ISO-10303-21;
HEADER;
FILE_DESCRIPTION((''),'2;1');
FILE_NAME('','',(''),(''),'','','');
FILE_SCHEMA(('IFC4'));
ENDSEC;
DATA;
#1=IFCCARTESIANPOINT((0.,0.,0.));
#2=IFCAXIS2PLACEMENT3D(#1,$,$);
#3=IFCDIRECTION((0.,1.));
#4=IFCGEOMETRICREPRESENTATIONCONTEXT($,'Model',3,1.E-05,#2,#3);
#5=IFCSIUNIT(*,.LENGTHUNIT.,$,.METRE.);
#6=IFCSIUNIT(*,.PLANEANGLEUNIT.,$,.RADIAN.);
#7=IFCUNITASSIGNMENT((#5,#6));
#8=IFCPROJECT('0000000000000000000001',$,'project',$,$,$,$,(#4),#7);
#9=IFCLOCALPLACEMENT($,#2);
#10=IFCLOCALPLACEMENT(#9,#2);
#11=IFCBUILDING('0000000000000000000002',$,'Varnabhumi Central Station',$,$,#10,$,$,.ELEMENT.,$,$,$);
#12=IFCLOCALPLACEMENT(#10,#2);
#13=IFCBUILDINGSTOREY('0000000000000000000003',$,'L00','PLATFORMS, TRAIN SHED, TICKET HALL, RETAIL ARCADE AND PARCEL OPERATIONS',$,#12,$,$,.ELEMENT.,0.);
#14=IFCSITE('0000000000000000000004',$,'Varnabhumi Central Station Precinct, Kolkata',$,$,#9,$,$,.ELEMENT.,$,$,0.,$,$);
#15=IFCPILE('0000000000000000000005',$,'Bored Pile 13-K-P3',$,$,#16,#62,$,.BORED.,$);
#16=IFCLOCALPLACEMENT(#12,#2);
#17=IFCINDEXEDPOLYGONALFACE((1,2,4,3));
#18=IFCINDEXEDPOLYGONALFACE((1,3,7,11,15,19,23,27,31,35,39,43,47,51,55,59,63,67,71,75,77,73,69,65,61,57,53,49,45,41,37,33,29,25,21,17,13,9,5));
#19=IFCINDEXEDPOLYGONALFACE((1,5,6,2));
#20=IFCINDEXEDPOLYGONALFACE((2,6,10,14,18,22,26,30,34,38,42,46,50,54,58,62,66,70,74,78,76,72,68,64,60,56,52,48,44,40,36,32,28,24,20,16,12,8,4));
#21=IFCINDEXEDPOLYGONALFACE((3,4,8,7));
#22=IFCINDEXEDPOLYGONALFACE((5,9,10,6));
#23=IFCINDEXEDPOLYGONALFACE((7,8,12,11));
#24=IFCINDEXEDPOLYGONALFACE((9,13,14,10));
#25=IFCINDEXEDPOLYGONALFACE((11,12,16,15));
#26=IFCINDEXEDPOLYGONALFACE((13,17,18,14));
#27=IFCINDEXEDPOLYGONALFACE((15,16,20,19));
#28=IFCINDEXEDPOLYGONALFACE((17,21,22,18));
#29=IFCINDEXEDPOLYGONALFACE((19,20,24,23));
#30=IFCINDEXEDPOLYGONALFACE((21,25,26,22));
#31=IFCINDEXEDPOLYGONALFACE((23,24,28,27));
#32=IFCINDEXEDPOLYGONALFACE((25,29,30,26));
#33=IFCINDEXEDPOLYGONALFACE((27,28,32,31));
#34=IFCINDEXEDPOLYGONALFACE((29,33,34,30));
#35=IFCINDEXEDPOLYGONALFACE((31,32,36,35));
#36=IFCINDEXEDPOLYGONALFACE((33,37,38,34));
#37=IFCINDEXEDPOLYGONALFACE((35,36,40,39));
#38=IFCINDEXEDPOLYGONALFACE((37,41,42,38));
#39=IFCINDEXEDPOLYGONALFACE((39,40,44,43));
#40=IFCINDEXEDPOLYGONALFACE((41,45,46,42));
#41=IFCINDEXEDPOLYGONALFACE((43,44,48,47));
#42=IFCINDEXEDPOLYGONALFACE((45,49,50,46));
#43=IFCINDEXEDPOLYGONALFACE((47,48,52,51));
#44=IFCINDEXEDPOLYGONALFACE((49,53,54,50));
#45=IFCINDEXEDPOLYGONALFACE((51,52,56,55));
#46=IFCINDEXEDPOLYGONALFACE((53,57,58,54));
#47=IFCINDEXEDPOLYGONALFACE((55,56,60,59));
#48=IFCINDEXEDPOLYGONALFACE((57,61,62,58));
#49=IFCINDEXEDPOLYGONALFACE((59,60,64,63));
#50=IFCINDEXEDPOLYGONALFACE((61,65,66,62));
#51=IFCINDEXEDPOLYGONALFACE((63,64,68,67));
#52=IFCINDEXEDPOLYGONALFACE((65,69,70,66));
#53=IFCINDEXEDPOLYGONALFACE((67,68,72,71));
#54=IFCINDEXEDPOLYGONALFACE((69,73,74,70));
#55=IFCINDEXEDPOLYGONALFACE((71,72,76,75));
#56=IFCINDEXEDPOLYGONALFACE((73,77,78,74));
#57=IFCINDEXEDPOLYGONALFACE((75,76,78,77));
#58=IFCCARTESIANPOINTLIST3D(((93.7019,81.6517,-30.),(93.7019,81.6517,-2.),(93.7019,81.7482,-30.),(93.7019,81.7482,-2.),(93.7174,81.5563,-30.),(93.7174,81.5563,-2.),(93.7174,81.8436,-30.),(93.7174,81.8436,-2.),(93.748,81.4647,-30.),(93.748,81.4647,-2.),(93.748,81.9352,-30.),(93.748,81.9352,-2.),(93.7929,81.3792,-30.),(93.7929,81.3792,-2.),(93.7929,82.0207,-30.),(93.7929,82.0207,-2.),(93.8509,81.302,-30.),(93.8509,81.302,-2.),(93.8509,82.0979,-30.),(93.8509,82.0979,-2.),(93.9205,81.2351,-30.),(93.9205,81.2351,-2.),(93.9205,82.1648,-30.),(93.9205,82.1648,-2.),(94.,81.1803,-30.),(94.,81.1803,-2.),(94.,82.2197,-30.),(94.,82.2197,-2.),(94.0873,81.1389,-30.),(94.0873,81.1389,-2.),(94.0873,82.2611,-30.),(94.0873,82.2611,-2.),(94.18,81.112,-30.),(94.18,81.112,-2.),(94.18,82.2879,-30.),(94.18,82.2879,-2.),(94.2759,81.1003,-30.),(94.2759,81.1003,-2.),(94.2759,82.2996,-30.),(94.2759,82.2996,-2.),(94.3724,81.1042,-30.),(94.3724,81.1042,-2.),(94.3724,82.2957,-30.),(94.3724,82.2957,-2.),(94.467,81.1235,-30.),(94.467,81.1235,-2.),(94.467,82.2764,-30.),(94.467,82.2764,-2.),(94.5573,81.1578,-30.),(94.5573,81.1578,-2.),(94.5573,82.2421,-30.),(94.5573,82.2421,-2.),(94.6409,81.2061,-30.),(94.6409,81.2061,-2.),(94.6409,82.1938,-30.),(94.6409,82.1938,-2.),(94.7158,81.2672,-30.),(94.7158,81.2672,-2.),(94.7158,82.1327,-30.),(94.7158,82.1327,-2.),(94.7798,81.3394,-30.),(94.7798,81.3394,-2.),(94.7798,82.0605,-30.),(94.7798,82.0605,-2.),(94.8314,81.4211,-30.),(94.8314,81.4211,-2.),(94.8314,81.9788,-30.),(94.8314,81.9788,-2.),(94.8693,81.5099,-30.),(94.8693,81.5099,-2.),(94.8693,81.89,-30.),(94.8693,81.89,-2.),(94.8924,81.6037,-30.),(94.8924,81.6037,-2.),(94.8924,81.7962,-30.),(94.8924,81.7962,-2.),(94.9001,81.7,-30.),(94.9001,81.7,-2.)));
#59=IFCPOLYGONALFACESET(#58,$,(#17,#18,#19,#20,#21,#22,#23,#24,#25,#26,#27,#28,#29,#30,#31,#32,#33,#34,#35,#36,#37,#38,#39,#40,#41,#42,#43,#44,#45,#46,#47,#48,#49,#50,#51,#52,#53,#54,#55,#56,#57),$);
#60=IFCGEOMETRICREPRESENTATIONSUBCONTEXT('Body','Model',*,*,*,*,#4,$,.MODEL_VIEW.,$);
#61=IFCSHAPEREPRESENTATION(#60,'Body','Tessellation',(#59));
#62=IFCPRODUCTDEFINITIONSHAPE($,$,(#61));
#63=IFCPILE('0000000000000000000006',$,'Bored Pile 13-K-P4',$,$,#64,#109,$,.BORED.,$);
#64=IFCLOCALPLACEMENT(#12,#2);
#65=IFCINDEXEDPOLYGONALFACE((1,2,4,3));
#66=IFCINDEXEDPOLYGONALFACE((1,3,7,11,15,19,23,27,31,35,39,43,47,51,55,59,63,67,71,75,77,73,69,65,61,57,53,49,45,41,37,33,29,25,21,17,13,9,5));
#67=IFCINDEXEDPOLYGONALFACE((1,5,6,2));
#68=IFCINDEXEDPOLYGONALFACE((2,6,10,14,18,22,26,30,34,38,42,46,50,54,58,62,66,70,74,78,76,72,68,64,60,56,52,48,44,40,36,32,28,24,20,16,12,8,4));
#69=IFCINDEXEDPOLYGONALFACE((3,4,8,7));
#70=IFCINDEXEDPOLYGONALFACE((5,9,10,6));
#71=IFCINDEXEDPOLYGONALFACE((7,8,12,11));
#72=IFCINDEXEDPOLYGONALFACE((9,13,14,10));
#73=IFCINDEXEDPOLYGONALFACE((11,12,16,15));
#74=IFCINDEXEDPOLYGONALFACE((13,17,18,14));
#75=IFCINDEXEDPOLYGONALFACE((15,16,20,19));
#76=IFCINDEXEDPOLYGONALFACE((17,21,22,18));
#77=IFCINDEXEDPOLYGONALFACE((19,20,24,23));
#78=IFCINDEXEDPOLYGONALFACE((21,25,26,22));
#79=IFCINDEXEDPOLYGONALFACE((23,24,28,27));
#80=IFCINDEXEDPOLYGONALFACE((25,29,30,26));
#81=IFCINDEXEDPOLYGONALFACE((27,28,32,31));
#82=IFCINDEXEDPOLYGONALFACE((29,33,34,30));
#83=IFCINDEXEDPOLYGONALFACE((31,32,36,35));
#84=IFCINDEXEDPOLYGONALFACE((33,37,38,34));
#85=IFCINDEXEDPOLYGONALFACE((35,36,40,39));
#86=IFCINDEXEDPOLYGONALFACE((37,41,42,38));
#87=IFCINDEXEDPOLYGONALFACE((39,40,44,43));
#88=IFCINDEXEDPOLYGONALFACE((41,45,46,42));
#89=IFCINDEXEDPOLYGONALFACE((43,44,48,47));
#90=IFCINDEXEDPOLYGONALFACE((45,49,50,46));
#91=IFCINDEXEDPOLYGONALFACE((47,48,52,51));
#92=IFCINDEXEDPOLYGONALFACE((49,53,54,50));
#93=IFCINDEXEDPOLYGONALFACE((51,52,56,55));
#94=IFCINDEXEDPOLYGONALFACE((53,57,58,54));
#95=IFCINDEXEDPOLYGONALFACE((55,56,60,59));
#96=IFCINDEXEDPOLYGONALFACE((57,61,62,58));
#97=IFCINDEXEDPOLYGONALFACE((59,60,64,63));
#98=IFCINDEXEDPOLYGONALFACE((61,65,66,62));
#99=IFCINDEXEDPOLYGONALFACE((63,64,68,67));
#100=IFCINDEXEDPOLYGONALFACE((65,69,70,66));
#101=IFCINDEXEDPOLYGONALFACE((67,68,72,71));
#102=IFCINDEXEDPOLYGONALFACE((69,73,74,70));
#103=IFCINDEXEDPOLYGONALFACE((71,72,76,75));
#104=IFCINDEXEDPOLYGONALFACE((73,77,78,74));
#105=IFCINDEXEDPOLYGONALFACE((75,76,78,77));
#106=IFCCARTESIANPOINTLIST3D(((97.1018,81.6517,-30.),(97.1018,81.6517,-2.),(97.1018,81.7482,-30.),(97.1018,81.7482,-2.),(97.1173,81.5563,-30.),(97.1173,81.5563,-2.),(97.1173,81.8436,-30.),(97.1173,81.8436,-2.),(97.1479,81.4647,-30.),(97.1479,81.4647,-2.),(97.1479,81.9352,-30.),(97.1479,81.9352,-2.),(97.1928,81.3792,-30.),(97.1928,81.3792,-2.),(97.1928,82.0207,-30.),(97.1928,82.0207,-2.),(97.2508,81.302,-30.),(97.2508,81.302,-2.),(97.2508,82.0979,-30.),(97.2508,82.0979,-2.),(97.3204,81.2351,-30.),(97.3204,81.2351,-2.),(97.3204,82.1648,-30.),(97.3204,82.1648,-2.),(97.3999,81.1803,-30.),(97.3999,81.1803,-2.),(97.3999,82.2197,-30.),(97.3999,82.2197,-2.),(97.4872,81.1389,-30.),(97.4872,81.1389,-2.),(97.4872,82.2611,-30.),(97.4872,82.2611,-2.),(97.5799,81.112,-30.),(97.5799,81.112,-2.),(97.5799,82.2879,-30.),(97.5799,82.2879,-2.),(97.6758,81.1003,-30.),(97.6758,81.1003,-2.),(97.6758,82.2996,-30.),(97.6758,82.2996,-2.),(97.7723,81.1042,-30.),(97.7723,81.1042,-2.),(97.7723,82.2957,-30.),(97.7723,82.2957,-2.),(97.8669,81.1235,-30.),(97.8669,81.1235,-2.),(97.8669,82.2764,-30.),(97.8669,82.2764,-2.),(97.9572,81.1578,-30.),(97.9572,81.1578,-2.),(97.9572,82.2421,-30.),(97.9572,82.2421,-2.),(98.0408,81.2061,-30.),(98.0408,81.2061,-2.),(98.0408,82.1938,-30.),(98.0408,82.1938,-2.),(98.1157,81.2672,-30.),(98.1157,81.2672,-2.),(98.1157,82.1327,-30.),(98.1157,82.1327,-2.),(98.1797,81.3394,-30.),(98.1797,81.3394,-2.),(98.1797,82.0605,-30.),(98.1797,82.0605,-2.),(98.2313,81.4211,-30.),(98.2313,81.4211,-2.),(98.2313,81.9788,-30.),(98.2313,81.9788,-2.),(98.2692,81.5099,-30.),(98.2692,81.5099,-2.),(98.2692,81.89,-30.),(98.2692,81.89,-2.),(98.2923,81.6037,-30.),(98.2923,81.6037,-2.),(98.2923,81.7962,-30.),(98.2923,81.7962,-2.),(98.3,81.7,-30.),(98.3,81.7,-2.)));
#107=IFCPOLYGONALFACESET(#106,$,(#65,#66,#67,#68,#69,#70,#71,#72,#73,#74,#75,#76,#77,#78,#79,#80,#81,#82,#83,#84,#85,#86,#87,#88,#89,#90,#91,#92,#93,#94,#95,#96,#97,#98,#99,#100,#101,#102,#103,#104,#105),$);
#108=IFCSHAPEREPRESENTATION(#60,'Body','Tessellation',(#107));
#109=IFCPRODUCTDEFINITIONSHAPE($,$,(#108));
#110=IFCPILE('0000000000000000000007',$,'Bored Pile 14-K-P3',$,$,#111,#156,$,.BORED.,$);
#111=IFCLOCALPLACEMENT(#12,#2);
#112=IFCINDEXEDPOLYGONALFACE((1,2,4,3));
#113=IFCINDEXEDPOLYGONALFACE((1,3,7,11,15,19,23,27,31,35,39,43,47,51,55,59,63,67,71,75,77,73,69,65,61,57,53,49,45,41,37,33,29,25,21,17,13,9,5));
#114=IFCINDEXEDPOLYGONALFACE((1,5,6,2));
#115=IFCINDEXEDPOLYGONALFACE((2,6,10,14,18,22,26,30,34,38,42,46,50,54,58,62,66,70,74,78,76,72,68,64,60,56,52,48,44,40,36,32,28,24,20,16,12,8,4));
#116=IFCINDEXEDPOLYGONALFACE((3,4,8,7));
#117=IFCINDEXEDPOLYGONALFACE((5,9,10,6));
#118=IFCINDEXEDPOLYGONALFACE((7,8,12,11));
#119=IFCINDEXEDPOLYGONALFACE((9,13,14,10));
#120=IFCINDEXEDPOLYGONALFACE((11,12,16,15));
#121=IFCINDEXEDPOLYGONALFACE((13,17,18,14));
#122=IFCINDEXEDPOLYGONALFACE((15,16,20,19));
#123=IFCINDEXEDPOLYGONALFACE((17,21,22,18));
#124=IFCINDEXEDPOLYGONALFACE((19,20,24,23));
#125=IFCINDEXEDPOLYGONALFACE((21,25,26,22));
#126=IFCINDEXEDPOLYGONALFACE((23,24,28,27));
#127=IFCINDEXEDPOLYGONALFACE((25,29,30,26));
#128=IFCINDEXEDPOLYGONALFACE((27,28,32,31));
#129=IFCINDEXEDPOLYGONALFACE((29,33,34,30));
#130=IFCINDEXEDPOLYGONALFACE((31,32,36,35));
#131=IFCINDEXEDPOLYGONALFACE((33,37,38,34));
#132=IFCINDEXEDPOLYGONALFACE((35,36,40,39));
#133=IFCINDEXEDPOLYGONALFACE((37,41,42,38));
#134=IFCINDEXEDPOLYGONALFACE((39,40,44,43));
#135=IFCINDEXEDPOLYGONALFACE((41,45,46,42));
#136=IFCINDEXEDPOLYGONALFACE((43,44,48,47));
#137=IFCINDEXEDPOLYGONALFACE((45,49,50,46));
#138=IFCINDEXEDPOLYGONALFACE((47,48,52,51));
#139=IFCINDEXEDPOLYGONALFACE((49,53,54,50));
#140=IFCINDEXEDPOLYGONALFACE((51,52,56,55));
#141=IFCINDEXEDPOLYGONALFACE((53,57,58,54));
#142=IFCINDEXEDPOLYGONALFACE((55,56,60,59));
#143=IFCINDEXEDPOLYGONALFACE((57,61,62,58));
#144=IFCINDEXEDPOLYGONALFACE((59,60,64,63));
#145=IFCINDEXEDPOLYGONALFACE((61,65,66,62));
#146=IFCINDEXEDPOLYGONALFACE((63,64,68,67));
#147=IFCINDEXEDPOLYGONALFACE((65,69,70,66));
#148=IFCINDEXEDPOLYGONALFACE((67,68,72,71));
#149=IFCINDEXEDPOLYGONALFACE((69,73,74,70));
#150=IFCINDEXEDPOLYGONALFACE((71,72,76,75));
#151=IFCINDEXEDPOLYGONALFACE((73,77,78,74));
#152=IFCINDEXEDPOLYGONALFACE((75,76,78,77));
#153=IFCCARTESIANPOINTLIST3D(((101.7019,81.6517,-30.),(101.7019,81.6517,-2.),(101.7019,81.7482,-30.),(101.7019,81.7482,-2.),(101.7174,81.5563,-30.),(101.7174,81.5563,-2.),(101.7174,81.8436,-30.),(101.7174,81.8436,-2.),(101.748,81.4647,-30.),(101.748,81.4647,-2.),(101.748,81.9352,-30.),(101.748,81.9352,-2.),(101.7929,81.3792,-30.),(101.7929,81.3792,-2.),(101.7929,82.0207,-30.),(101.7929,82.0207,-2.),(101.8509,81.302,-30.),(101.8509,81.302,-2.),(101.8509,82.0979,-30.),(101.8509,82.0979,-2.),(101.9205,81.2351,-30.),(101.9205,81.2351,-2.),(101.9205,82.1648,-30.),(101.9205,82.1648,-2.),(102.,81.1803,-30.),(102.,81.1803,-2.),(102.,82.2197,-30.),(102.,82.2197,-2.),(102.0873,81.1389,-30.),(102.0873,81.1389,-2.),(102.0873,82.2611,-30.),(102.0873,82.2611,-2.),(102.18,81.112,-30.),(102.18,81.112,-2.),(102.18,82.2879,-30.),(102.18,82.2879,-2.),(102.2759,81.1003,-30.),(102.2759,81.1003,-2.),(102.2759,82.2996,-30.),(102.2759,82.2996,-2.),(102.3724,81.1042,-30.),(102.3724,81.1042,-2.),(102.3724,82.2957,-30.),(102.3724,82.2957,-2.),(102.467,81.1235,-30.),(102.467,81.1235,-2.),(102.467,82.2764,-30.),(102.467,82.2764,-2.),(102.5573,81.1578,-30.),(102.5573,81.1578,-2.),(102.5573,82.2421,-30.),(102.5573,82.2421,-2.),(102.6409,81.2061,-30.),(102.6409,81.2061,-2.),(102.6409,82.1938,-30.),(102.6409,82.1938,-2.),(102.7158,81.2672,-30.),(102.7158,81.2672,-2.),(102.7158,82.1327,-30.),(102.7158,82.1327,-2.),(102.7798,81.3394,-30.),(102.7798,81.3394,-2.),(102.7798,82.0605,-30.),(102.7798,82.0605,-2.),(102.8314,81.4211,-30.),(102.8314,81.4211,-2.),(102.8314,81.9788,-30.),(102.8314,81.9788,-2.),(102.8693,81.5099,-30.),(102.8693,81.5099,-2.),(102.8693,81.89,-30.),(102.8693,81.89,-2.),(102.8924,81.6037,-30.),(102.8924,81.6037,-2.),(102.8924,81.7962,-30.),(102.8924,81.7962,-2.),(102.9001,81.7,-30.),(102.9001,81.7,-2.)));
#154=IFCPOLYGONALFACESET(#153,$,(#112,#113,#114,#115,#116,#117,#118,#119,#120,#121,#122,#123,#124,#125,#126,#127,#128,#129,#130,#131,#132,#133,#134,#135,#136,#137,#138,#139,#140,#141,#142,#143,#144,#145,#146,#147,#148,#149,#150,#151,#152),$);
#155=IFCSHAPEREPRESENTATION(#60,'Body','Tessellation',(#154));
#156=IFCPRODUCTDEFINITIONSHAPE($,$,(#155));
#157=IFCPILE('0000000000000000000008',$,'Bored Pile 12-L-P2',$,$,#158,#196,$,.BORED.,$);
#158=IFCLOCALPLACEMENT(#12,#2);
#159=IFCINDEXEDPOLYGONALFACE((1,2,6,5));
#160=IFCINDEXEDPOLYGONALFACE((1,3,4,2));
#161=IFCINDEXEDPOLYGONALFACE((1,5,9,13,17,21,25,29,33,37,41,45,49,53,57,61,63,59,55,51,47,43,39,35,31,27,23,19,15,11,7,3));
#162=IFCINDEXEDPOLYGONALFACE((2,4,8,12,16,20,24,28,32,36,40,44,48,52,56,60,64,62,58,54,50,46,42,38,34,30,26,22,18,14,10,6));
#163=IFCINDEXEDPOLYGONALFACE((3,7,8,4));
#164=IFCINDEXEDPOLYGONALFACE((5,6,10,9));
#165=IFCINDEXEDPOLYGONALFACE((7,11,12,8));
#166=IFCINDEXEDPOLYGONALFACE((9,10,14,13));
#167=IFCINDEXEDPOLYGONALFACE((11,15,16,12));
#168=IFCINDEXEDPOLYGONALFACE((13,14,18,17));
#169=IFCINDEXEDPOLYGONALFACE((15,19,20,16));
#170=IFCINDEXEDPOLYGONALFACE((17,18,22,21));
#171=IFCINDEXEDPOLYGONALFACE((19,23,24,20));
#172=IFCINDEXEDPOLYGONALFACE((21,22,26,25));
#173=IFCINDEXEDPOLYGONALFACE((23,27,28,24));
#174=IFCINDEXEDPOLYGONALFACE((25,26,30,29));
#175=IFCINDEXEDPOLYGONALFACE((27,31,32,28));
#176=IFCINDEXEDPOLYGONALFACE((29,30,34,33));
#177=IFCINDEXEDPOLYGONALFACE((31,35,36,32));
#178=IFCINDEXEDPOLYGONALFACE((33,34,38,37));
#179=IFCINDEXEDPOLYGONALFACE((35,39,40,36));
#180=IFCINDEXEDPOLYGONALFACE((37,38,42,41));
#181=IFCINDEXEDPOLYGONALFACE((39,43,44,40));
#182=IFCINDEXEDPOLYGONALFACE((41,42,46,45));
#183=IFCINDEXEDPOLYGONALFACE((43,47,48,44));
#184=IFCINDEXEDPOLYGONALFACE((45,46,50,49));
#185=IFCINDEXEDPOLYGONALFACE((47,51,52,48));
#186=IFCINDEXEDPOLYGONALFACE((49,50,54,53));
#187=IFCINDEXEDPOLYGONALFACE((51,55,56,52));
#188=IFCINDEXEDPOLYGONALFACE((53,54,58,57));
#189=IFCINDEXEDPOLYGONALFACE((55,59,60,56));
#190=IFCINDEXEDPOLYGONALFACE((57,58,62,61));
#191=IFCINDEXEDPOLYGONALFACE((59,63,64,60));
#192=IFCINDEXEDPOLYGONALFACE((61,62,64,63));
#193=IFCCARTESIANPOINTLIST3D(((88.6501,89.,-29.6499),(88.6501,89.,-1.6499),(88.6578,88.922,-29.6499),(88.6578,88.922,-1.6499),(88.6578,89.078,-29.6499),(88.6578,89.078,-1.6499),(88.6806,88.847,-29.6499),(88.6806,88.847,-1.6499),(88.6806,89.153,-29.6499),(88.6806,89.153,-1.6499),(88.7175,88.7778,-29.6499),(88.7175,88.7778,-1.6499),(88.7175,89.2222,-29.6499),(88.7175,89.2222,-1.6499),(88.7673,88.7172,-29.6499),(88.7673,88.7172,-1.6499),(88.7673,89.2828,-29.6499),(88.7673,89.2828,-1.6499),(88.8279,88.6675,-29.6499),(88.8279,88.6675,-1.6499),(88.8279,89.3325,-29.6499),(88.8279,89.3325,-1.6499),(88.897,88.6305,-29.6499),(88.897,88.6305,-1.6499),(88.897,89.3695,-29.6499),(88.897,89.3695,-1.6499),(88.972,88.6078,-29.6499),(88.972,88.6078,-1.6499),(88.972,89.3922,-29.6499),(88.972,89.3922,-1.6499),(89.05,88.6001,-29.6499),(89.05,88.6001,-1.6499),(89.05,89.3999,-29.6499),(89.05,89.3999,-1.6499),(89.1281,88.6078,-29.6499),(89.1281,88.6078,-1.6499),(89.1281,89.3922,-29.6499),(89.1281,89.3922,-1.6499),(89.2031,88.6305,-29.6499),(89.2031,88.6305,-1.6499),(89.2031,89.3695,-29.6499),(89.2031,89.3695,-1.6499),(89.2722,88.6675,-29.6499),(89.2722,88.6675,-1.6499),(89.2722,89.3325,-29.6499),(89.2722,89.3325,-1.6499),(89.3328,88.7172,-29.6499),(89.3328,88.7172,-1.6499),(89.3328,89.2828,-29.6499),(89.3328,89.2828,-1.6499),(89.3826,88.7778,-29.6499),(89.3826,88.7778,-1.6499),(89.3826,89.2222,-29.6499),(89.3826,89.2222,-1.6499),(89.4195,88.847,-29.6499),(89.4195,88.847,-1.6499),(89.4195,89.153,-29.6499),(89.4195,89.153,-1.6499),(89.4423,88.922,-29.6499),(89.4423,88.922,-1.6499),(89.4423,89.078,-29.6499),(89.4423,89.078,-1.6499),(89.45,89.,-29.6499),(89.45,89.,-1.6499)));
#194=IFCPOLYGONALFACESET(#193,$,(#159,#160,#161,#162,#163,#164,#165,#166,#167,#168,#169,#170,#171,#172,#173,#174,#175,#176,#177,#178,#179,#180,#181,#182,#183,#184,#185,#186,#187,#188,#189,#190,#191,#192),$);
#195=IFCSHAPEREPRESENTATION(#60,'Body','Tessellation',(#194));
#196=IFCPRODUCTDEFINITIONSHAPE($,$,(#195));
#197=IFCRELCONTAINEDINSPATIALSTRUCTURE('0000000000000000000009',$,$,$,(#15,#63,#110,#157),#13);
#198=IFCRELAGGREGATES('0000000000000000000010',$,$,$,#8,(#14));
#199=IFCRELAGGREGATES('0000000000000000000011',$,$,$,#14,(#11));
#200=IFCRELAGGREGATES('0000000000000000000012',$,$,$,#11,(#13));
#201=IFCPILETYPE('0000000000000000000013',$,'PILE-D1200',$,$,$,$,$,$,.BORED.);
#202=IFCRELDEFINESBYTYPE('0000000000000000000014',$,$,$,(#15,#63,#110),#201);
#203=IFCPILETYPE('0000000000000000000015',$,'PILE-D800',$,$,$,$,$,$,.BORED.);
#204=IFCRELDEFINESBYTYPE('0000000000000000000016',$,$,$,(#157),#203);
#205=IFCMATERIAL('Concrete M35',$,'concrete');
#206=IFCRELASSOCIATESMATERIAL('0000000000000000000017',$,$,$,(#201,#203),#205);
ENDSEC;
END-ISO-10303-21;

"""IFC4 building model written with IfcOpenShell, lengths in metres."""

from ifc_helpers import new_model, si_unit, direction, frame, origin, origin_2d, place, context, subcontext, project, spatial, circle, extrude, material, material_profile, profile_set, type_object, element, save


model = new_model("IFC4")

# Units and contexts
model_context = context("Model", 3, precision=1e-05, world=origin(), true_north=direction((0.0, 1.0)))
body_context = subcontext(model_context, "Body", "Model", "MODEL_VIEW")
ifc_project = project(units=[si_unit("LENGTHUNIT", "METRE"), si_unit("PLANEANGLEUNIT", "RADIAN")], contexts=[model_context])

# Site, building, storey
site_placement = place(None, origin())
site = spatial("IfcSite", under=ifc_project, at=site_placement, Name="Varnabhumi Central Station Precinct, Kolkata", CompositionType="ELEMENT", RefElevation=0.0)
building_placement = place(site_placement, origin())
building = spatial("IfcBuilding", under=site, at=building_placement, Name="Varnabhumi Central Station", CompositionType="ELEMENT")
storey_placement = place(building_placement, origin())
storey = spatial("IfcBuildingStorey", under=building, at=storey_placement, Name="L00", Description="PLATFORMS, TRAIN SHED, TICKET HALL, RETAIL ARCADE AND PARCEL OPERATIONS", CompositionType="ELEMENT", Elevation=0.0)

# Piles
ifc_material_1 = material(Name="Concrete M35", Category="concrete")
ifc_material_profile_1 = material_profile(ifc_material_1, circle(Radius=0.6001, at=origin_2d()), Name="Concrete M35", Category="concrete")
ifc_profile_set_1 = profile_set([ifc_material_profile_1], Name="Concrete M35")
pile_type_1 = type_object("IfcPileType", Name="PILE-D1200", PredefinedType="BORED", material=ifc_profile_set_1)
for number, where, z_axis, x_axis, name in (
    (1, (94.3, 81.7, -2.0), (0.0, 0.0, -1.0), (1.0, 0.0, 0.0), "Bored Pile 13-K-P3"),
    (2, (97.7, 81.7, -2.0), (0.0, 0.0, -1.0), (1.0, 0.0, 0.0), "Bored Pile 13-K-P4"),
    (3, (102.3, 81.7, -2.0), (0.0, 0.0, -1.0), (1.0, 0.0, 0.0), "Bored Pile 14-K-P3"),
):
    element("IfcPile", number, at=place(storey_placement, frame(where, z_axis=z_axis, x_axis=x_axis)), inside=storey, type_object=pile_type_1, Name=name, PredefinedType="BORED", context=body_context, shape_type="SweptSolid", body=[
        extrude(circle(Radius=0.6001, at=origin_2d()), origin(), (0.0, 0.0, 1.0), 28.0),
    ])
ifc_material_profile_2 = material_profile(ifc_material_1, circle(Radius=0.3999, at=origin_2d()), Name="Concrete M35", Category="concrete")
ifc_profile_set_2 = profile_set([ifc_material_profile_2], Name="Concrete M35")
pile_type_2 = type_object("IfcPileType", Name="PILE-D800", PredefinedType="BORED", material=ifc_profile_set_2)
for number, where, z_axis, x_axis, name in (
    (4, (89.05, 89.0, -1.6499), (0.0, 0.0, -1.0), (1.0, 0.0, 0.0), "Bored Pile 12-L-P2"),
):
    element("IfcPile", number, at=place(storey_placement, frame(where, z_axis=z_axis, x_axis=x_axis)), inside=storey, type_object=pile_type_2, Name=name, PredefinedType="BORED", context=body_context, shape_type="SweptSolid", body=[
        extrude(circle(Radius=0.3999, at=origin_2d()), origin(), (0.0, 0.0, 1.0), 28.0),
    ])

save(model, "model.ifc")
